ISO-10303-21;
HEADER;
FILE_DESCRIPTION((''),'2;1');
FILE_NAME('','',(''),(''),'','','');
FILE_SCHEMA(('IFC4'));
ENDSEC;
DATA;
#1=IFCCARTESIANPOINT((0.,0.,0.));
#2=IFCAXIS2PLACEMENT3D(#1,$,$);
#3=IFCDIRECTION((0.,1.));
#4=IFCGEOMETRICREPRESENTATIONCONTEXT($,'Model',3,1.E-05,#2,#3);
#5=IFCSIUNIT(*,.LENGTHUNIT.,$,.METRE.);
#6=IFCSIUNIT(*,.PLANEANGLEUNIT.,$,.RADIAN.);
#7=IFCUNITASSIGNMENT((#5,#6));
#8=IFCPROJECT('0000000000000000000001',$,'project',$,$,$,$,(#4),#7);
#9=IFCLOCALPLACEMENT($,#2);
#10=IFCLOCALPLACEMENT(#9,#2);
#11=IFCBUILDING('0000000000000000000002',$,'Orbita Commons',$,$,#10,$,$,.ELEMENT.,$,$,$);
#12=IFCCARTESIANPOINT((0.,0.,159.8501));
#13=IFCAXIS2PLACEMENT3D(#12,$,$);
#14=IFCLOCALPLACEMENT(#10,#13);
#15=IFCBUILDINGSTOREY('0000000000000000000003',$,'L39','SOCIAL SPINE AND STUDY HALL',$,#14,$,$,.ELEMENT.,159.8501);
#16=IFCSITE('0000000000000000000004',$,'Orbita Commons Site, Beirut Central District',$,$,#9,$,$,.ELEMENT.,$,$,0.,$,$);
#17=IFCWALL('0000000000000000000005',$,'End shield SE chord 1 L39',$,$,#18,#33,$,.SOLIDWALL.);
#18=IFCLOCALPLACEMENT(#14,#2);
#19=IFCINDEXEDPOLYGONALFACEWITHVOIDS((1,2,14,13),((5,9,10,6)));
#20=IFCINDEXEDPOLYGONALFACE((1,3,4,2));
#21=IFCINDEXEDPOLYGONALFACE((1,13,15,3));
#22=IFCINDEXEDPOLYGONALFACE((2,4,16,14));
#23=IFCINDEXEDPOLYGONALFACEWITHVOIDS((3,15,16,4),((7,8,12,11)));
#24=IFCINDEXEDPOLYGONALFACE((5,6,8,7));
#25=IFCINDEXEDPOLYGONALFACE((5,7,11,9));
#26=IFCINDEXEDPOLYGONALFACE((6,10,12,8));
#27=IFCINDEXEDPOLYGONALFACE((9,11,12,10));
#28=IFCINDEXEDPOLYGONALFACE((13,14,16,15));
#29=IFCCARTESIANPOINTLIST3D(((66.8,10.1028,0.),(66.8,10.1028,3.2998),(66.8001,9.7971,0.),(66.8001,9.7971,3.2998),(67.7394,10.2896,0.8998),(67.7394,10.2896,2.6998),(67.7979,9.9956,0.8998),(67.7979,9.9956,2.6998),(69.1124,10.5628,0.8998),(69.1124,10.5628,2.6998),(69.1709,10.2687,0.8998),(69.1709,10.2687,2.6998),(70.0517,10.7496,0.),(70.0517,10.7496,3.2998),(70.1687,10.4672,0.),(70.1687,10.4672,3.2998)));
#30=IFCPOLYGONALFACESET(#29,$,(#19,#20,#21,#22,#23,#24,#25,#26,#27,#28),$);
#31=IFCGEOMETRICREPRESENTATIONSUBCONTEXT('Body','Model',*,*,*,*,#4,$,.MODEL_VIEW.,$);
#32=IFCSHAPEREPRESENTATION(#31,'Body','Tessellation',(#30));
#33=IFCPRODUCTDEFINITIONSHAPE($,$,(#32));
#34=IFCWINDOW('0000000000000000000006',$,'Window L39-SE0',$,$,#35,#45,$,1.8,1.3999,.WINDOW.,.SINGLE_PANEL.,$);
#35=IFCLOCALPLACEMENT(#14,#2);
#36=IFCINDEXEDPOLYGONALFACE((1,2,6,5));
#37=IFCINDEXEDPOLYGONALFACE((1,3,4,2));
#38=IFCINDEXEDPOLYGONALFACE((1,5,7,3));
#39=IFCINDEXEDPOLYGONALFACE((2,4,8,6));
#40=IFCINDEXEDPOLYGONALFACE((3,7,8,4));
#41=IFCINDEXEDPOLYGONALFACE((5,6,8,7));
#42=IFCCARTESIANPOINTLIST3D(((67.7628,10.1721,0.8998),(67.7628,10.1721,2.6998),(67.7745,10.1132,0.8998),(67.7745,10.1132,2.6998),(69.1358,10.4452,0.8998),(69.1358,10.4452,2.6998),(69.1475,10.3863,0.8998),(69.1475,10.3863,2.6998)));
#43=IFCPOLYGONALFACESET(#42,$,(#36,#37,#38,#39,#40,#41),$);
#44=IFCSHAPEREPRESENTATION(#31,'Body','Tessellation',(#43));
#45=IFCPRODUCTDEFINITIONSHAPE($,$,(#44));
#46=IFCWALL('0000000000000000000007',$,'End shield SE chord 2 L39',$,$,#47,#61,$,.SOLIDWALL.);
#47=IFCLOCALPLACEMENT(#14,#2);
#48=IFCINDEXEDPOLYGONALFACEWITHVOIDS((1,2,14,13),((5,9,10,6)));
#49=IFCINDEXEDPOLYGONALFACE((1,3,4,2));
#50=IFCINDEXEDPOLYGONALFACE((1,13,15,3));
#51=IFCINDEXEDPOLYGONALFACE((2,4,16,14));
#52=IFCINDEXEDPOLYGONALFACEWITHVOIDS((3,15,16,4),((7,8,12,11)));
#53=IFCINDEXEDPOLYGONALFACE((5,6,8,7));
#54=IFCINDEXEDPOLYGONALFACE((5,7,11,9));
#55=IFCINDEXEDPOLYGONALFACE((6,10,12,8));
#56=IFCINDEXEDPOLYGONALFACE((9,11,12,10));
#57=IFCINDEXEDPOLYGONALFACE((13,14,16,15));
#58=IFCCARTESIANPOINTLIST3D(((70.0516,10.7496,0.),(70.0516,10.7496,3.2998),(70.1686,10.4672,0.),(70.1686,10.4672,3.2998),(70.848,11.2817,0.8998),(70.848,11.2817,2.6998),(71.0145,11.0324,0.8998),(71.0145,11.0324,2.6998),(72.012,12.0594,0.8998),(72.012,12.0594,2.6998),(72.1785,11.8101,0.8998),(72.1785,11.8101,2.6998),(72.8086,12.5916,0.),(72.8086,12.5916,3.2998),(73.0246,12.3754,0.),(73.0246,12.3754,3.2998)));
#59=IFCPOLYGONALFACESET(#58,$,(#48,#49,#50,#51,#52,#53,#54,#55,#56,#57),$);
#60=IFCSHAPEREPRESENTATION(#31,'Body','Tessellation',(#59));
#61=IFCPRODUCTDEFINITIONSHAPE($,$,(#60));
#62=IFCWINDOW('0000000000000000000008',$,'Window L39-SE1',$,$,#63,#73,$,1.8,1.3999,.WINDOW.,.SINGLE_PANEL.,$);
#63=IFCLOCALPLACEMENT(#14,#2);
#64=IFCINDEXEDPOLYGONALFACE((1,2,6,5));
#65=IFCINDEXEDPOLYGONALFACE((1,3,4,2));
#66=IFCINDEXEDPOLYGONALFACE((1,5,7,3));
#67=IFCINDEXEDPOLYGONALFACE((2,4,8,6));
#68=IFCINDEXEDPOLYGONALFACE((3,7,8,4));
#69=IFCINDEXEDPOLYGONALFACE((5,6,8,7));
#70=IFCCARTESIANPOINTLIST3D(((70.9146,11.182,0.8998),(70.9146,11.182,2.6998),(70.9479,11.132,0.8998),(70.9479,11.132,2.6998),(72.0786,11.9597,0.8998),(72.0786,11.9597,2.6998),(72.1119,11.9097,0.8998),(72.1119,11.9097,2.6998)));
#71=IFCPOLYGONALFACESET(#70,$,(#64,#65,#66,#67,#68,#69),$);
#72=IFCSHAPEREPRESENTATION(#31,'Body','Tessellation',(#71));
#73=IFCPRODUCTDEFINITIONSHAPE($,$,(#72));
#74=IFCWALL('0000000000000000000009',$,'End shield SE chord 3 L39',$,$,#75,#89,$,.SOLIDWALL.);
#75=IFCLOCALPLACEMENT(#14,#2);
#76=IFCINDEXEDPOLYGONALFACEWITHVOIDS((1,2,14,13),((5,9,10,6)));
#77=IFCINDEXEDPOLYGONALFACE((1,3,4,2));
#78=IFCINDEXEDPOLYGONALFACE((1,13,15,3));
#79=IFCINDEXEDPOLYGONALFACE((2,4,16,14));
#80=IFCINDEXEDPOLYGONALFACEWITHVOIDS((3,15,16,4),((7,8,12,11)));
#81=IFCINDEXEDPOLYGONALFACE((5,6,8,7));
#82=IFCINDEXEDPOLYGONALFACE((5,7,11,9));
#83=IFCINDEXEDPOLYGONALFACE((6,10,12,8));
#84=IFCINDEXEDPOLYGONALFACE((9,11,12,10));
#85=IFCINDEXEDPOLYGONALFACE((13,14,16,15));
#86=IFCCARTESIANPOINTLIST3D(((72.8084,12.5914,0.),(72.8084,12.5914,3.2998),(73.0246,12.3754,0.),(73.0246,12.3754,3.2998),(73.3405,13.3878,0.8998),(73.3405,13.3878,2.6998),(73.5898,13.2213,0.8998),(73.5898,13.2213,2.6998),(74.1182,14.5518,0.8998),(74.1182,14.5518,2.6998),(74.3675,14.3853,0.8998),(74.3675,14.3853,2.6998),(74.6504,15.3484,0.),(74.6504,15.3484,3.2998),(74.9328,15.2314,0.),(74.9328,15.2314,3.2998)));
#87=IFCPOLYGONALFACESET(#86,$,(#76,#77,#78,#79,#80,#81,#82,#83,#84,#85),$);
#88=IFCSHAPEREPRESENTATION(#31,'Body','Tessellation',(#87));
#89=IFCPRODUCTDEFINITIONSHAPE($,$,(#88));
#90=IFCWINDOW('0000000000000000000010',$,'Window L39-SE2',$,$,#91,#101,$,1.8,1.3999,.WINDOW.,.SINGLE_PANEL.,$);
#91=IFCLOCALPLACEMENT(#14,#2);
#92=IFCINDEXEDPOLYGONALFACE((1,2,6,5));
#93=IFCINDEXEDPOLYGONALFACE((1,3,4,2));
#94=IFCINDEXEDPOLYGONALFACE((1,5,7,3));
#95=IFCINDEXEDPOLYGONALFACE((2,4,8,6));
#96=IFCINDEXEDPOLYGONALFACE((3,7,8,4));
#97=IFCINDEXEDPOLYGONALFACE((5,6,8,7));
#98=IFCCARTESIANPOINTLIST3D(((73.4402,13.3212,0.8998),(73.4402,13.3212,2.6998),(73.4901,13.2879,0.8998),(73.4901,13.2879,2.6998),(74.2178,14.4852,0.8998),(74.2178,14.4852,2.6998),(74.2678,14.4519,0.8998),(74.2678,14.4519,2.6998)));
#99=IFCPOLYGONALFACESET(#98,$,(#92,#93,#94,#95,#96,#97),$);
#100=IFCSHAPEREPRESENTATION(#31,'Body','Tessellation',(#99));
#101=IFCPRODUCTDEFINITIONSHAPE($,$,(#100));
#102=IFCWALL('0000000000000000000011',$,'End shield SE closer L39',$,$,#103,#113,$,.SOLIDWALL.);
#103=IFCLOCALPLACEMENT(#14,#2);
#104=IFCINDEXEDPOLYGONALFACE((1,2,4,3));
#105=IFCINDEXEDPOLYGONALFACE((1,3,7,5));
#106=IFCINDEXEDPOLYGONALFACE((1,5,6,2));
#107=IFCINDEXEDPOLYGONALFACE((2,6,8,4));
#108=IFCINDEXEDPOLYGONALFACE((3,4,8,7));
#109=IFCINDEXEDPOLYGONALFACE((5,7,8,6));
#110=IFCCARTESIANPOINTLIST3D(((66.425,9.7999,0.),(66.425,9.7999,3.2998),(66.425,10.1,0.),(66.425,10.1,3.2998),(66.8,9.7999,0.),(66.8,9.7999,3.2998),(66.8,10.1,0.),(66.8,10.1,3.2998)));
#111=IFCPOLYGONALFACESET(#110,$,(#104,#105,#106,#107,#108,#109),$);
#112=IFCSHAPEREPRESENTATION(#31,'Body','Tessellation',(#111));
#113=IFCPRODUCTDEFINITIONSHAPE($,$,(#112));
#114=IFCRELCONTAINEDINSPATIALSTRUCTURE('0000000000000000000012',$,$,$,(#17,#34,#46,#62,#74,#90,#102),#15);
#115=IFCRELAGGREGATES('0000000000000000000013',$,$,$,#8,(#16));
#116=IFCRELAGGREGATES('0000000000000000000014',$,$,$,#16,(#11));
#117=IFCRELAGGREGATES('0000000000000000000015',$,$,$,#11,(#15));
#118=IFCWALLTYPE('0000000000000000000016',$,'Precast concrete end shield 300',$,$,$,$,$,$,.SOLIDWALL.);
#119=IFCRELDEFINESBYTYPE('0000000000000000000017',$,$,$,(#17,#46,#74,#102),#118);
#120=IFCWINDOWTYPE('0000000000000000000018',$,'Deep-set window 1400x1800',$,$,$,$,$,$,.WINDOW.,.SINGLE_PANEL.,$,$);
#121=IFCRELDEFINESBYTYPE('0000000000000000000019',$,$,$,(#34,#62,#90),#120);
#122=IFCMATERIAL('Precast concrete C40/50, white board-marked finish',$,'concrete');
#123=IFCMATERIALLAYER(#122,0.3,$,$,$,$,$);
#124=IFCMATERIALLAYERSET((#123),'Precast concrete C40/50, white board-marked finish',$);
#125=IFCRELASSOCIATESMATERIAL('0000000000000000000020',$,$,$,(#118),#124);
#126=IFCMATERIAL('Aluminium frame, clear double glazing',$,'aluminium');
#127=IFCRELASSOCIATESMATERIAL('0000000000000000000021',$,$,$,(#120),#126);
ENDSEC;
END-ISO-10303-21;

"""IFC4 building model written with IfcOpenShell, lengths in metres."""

from ifc_helpers import new_model, si_unit, direction, frame, frame_2d, origin, place, context, subcontext, project, spatial, polyline, rectangle, outline, extrude, material, layer, layer_set, type_object, element, fill, save


model = new_model("IFC4")

# Units and contexts
model_context = context("Model", 3, precision=1e-05, world=origin(), true_north=direction((0.0, 1.0)))
body_context = subcontext(model_context, "Body", "Model", "MODEL_VIEW")
ifc_project = project(units=[si_unit("LENGTHUNIT", "METRE"), si_unit("PLANEANGLEUNIT", "RADIAN")], contexts=[model_context])

# Site, building, storey
site_placement = place(None, origin())
site = spatial("IfcSite", under=ifc_project, at=site_placement, Name="Orbita Commons Site, Beirut Central District", CompositionType="ELEMENT", RefElevation=0.0)
building_placement = place(site_placement, origin())
building = spatial("IfcBuilding", under=site, at=building_placement, Name="Orbita Commons", CompositionType="ELEMENT")
storey_placement = place(building_placement, frame((0.0, 0.0, 159.8501)))
storey = spatial("IfcBuildingStorey", under=building, at=storey_placement, Name="L39", Description="SOCIAL SPINE AND STUDY HALL", CompositionType="ELEMENT", Elevation=159.8501)

# Walls, openings, windows
ifc_material_1 = material(Name="Precast concrete C40/50, white board-marked finish", Category="concrete")
ifc_layer_1 = layer(ifc_material_1, 0.3)
ifc_layer_set_1 = layer_set([ifc_layer_1], Name="Precast concrete C40/50, white board-marked finish")
wall_type_1 = type_object("IfcWallType", Name="Precast concrete end shield 300", PredefinedType="SOLIDWALL", material=ifc_layer_set_1)
wall_1_placement = place(storey_placement, frame((66.8, 9.95, 0.0), z_axis=(0.0, 0.0, 1.0), x_axis=(0.980783, 0.1951, 0.0)))
wall_1 = element("IfcWall", 1, at=wall_1_placement, inside=storey, type_object=wall_type_1, Name="End shield SE chord 1 L39", PredefinedType="SOLIDWALL", context=body_context, shape_type="SweptSolid", body=[
    extrude(outline(polyline([(-0.0298, -0.1499), (3.4048, -0.1499), (3.3452, 0.1499), (0.0298, 0.1499), (-0.0298, -0.1499)])), origin(), (0.0, 0.0, 1.0), 3.2998),
])
opening_1_placement = place(wall_1_placement, frame((0.9875, 0.0, 0.8999)))
opening_1 = element("IfcOpeningElement", 2, at=opening_1_placement, cuts=wall_1, PredefinedType="OPENING", context=body_context, shape_type="SweptSolid", body=[
    extrude(rectangle(XDim=1.3999, YDim=1.8, at=frame_2d((0.7, 0.8999))), frame((0.0, 0.1599, 0.0), z_axis=(0.0, -1.0, 0.0), x_axis=(1.0, 0.0, 0.0)), (0.0, 0.0, 1.0), 0.3201),
])
ifc_material_2 = material(Name="Aluminium frame, clear double glazing", Category="aluminium")
window_type = type_object("IfcWindowType", Name="Deep-set window 1400x1800", PartitioningType="SINGLE_PANEL", PredefinedType="WINDOW", material=ifc_material_2)
window_1_placement = place(opening_1_placement, origin())
window_1 = element("IfcWindow", 3, at=window_1_placement, inside=storey, type_object=window_type, Name="Window L39-SE0", OverallHeight=1.8, OverallWidth=1.3999, PartitioningType="SINGLE_PANEL", PredefinedType="WINDOW", context=body_context, shape_type="SweptSolid", body=[
    extrude(rectangle(XDim=1.3999, YDim=1.8, at=frame_2d((0.7, 0.8999))), frame((0.0, 0.03, 0.0), z_axis=(0.0, -1.0, 0.0), x_axis=(1.0, 0.0, 0.0)), (0.0, 0.0, 1.0), 0.0601),
])
fill(opening_1, window_1)
wall_2_placement = place(storey_placement, frame((70.1101, 10.6084, 0.0), z_axis=(0.0, 0.0, 1.0), x_axis=(0.831493, 0.555535, 0.0)))
wall_2 = element("IfcWall", 4, at=wall_2_placement, inside=storey, type_object=wall_type_1, Name="End shield SE chord 2 L39", PredefinedType="SOLIDWALL", context=body_context, shape_type="SweptSolid", body=[
    extrude(outline(polyline([(-0.0298, -0.1499), (3.405, -0.1499), (3.3455, 0.1499), (0.0298, 0.1499), (-0.0298, -0.1499)])), origin(), (0.0, 0.0, 1.0), 3.2998),
])
opening_2_placement = place(wall_2_placement, frame((0.9875, 0.0, 0.8999)))
opening_2 = element("IfcOpeningElement", 5, at=opening_2_placement, cuts=wall_2, PredefinedType="OPENING", context=body_context, shape_type="SweptSolid", body=[
    extrude(rectangle(XDim=1.3999, YDim=1.8, at=frame_2d((0.7, 0.8999))), frame((0.0, 0.1599, 0.0), z_axis=(0.0, -1.0, 0.0), x_axis=(1.0, 0.0, 0.0)), (0.0, 0.0, 1.0), 0.3201),
])
window_2_placement = place(opening_2_placement, origin())
window_2 = element("IfcWindow", 6, at=window_2_placement, inside=storey, type_object=window_type, Name="Window L39-SE1", OverallHeight=1.8, OverallWidth=1.3999, PartitioningType="SINGLE_PANEL", PredefinedType="WINDOW", context=body_context, shape_type="SweptSolid", body=[
    extrude(rectangle(XDim=1.3999, YDim=1.8, at=frame_2d((0.7, 0.8999))), frame((0.0, 0.03, 0.0), z_axis=(0.0, -1.0, 0.0), x_axis=(1.0, 0.0, 0.0)), (0.0, 0.0, 1.0), 0.0601),
])
fill(opening_2, window_2)
wall_3_placement = place(storey_placement, frame((72.9165, 12.4834, 0.0), z_axis=(0.0, 0.0, 1.0), x_axis=(0.555535, 0.831493, 0.0)))
wall_3 = element("IfcWall", 7, at=wall_3_placement, inside=storey, type_object=wall_type_1, Name="End shield SE chord 3 L39", PredefinedType="SOLIDWALL", context=body_context, shape_type="SweptSolid", body=[
    extrude(outline(polyline([(-0.0298, -0.1499), (3.405, -0.1499), (3.3455, 0.1499), (0.0298, 0.1499), (-0.0298, -0.1499)])), origin(), (0.0, 0.0, 1.0), 3.2998),
])
opening_3_placement = place(wall_3_placement, frame((0.9875, 0.0, 0.8999)))
opening_3 = element("IfcOpeningElement", 8, at=opening_3_placement, cuts=wall_3, PredefinedType="OPENING", context=body_context, shape_type="SweptSolid", body=[
    extrude(rectangle(XDim=1.3999, YDim=1.8, at=frame_2d((0.7, 0.8999))), frame((0.0, 0.1599, 0.0), z_axis=(0.0, -1.0, 0.0), x_axis=(1.0, 0.0, 0.0)), (0.0, 0.0, 1.0), 0.3201),
])
window_3_placement = place(opening_3_placement, origin())
window_3 = element("IfcWindow", 9, at=window_3_placement, inside=storey, type_object=window_type, Name="Window L39-SE2", OverallHeight=1.8, OverallWidth=1.3999, PartitioningType="SINGLE_PANEL", PredefinedType="WINDOW", context=body_context, shape_type="SweptSolid", body=[
    extrude(rectangle(XDim=1.3999, YDim=1.8, at=frame_2d((0.7, 0.8999))), frame((0.0, 0.03, 0.0), z_axis=(0.0, -1.0, 0.0), x_axis=(1.0, 0.0, 0.0)), (0.0, 0.0, 1.0), 0.0601),
])
fill(opening_3, window_3)

# Wall
wall_4_placement = place(storey_placement, frame((66.8, 9.95, 0.0), z_axis=(0.0, 0.0, 1.0), x_axis=(-1.0, 0.0, 0.0)))
element("IfcWall", 10, at=wall_4_placement, inside=storey, type_object=wall_type_1, Name="End shield SE closer L39", PredefinedType="SOLIDWALL", context=body_context, shape_type="SweptSolid", body=[
    extrude(rectangle(XDim=0.375, YDim=0.3, at=frame_2d((0.1875, 0.0))), origin(), (0.0, 0.0, 1.0), 3.2998),
])

save(model, "model.ifc")
